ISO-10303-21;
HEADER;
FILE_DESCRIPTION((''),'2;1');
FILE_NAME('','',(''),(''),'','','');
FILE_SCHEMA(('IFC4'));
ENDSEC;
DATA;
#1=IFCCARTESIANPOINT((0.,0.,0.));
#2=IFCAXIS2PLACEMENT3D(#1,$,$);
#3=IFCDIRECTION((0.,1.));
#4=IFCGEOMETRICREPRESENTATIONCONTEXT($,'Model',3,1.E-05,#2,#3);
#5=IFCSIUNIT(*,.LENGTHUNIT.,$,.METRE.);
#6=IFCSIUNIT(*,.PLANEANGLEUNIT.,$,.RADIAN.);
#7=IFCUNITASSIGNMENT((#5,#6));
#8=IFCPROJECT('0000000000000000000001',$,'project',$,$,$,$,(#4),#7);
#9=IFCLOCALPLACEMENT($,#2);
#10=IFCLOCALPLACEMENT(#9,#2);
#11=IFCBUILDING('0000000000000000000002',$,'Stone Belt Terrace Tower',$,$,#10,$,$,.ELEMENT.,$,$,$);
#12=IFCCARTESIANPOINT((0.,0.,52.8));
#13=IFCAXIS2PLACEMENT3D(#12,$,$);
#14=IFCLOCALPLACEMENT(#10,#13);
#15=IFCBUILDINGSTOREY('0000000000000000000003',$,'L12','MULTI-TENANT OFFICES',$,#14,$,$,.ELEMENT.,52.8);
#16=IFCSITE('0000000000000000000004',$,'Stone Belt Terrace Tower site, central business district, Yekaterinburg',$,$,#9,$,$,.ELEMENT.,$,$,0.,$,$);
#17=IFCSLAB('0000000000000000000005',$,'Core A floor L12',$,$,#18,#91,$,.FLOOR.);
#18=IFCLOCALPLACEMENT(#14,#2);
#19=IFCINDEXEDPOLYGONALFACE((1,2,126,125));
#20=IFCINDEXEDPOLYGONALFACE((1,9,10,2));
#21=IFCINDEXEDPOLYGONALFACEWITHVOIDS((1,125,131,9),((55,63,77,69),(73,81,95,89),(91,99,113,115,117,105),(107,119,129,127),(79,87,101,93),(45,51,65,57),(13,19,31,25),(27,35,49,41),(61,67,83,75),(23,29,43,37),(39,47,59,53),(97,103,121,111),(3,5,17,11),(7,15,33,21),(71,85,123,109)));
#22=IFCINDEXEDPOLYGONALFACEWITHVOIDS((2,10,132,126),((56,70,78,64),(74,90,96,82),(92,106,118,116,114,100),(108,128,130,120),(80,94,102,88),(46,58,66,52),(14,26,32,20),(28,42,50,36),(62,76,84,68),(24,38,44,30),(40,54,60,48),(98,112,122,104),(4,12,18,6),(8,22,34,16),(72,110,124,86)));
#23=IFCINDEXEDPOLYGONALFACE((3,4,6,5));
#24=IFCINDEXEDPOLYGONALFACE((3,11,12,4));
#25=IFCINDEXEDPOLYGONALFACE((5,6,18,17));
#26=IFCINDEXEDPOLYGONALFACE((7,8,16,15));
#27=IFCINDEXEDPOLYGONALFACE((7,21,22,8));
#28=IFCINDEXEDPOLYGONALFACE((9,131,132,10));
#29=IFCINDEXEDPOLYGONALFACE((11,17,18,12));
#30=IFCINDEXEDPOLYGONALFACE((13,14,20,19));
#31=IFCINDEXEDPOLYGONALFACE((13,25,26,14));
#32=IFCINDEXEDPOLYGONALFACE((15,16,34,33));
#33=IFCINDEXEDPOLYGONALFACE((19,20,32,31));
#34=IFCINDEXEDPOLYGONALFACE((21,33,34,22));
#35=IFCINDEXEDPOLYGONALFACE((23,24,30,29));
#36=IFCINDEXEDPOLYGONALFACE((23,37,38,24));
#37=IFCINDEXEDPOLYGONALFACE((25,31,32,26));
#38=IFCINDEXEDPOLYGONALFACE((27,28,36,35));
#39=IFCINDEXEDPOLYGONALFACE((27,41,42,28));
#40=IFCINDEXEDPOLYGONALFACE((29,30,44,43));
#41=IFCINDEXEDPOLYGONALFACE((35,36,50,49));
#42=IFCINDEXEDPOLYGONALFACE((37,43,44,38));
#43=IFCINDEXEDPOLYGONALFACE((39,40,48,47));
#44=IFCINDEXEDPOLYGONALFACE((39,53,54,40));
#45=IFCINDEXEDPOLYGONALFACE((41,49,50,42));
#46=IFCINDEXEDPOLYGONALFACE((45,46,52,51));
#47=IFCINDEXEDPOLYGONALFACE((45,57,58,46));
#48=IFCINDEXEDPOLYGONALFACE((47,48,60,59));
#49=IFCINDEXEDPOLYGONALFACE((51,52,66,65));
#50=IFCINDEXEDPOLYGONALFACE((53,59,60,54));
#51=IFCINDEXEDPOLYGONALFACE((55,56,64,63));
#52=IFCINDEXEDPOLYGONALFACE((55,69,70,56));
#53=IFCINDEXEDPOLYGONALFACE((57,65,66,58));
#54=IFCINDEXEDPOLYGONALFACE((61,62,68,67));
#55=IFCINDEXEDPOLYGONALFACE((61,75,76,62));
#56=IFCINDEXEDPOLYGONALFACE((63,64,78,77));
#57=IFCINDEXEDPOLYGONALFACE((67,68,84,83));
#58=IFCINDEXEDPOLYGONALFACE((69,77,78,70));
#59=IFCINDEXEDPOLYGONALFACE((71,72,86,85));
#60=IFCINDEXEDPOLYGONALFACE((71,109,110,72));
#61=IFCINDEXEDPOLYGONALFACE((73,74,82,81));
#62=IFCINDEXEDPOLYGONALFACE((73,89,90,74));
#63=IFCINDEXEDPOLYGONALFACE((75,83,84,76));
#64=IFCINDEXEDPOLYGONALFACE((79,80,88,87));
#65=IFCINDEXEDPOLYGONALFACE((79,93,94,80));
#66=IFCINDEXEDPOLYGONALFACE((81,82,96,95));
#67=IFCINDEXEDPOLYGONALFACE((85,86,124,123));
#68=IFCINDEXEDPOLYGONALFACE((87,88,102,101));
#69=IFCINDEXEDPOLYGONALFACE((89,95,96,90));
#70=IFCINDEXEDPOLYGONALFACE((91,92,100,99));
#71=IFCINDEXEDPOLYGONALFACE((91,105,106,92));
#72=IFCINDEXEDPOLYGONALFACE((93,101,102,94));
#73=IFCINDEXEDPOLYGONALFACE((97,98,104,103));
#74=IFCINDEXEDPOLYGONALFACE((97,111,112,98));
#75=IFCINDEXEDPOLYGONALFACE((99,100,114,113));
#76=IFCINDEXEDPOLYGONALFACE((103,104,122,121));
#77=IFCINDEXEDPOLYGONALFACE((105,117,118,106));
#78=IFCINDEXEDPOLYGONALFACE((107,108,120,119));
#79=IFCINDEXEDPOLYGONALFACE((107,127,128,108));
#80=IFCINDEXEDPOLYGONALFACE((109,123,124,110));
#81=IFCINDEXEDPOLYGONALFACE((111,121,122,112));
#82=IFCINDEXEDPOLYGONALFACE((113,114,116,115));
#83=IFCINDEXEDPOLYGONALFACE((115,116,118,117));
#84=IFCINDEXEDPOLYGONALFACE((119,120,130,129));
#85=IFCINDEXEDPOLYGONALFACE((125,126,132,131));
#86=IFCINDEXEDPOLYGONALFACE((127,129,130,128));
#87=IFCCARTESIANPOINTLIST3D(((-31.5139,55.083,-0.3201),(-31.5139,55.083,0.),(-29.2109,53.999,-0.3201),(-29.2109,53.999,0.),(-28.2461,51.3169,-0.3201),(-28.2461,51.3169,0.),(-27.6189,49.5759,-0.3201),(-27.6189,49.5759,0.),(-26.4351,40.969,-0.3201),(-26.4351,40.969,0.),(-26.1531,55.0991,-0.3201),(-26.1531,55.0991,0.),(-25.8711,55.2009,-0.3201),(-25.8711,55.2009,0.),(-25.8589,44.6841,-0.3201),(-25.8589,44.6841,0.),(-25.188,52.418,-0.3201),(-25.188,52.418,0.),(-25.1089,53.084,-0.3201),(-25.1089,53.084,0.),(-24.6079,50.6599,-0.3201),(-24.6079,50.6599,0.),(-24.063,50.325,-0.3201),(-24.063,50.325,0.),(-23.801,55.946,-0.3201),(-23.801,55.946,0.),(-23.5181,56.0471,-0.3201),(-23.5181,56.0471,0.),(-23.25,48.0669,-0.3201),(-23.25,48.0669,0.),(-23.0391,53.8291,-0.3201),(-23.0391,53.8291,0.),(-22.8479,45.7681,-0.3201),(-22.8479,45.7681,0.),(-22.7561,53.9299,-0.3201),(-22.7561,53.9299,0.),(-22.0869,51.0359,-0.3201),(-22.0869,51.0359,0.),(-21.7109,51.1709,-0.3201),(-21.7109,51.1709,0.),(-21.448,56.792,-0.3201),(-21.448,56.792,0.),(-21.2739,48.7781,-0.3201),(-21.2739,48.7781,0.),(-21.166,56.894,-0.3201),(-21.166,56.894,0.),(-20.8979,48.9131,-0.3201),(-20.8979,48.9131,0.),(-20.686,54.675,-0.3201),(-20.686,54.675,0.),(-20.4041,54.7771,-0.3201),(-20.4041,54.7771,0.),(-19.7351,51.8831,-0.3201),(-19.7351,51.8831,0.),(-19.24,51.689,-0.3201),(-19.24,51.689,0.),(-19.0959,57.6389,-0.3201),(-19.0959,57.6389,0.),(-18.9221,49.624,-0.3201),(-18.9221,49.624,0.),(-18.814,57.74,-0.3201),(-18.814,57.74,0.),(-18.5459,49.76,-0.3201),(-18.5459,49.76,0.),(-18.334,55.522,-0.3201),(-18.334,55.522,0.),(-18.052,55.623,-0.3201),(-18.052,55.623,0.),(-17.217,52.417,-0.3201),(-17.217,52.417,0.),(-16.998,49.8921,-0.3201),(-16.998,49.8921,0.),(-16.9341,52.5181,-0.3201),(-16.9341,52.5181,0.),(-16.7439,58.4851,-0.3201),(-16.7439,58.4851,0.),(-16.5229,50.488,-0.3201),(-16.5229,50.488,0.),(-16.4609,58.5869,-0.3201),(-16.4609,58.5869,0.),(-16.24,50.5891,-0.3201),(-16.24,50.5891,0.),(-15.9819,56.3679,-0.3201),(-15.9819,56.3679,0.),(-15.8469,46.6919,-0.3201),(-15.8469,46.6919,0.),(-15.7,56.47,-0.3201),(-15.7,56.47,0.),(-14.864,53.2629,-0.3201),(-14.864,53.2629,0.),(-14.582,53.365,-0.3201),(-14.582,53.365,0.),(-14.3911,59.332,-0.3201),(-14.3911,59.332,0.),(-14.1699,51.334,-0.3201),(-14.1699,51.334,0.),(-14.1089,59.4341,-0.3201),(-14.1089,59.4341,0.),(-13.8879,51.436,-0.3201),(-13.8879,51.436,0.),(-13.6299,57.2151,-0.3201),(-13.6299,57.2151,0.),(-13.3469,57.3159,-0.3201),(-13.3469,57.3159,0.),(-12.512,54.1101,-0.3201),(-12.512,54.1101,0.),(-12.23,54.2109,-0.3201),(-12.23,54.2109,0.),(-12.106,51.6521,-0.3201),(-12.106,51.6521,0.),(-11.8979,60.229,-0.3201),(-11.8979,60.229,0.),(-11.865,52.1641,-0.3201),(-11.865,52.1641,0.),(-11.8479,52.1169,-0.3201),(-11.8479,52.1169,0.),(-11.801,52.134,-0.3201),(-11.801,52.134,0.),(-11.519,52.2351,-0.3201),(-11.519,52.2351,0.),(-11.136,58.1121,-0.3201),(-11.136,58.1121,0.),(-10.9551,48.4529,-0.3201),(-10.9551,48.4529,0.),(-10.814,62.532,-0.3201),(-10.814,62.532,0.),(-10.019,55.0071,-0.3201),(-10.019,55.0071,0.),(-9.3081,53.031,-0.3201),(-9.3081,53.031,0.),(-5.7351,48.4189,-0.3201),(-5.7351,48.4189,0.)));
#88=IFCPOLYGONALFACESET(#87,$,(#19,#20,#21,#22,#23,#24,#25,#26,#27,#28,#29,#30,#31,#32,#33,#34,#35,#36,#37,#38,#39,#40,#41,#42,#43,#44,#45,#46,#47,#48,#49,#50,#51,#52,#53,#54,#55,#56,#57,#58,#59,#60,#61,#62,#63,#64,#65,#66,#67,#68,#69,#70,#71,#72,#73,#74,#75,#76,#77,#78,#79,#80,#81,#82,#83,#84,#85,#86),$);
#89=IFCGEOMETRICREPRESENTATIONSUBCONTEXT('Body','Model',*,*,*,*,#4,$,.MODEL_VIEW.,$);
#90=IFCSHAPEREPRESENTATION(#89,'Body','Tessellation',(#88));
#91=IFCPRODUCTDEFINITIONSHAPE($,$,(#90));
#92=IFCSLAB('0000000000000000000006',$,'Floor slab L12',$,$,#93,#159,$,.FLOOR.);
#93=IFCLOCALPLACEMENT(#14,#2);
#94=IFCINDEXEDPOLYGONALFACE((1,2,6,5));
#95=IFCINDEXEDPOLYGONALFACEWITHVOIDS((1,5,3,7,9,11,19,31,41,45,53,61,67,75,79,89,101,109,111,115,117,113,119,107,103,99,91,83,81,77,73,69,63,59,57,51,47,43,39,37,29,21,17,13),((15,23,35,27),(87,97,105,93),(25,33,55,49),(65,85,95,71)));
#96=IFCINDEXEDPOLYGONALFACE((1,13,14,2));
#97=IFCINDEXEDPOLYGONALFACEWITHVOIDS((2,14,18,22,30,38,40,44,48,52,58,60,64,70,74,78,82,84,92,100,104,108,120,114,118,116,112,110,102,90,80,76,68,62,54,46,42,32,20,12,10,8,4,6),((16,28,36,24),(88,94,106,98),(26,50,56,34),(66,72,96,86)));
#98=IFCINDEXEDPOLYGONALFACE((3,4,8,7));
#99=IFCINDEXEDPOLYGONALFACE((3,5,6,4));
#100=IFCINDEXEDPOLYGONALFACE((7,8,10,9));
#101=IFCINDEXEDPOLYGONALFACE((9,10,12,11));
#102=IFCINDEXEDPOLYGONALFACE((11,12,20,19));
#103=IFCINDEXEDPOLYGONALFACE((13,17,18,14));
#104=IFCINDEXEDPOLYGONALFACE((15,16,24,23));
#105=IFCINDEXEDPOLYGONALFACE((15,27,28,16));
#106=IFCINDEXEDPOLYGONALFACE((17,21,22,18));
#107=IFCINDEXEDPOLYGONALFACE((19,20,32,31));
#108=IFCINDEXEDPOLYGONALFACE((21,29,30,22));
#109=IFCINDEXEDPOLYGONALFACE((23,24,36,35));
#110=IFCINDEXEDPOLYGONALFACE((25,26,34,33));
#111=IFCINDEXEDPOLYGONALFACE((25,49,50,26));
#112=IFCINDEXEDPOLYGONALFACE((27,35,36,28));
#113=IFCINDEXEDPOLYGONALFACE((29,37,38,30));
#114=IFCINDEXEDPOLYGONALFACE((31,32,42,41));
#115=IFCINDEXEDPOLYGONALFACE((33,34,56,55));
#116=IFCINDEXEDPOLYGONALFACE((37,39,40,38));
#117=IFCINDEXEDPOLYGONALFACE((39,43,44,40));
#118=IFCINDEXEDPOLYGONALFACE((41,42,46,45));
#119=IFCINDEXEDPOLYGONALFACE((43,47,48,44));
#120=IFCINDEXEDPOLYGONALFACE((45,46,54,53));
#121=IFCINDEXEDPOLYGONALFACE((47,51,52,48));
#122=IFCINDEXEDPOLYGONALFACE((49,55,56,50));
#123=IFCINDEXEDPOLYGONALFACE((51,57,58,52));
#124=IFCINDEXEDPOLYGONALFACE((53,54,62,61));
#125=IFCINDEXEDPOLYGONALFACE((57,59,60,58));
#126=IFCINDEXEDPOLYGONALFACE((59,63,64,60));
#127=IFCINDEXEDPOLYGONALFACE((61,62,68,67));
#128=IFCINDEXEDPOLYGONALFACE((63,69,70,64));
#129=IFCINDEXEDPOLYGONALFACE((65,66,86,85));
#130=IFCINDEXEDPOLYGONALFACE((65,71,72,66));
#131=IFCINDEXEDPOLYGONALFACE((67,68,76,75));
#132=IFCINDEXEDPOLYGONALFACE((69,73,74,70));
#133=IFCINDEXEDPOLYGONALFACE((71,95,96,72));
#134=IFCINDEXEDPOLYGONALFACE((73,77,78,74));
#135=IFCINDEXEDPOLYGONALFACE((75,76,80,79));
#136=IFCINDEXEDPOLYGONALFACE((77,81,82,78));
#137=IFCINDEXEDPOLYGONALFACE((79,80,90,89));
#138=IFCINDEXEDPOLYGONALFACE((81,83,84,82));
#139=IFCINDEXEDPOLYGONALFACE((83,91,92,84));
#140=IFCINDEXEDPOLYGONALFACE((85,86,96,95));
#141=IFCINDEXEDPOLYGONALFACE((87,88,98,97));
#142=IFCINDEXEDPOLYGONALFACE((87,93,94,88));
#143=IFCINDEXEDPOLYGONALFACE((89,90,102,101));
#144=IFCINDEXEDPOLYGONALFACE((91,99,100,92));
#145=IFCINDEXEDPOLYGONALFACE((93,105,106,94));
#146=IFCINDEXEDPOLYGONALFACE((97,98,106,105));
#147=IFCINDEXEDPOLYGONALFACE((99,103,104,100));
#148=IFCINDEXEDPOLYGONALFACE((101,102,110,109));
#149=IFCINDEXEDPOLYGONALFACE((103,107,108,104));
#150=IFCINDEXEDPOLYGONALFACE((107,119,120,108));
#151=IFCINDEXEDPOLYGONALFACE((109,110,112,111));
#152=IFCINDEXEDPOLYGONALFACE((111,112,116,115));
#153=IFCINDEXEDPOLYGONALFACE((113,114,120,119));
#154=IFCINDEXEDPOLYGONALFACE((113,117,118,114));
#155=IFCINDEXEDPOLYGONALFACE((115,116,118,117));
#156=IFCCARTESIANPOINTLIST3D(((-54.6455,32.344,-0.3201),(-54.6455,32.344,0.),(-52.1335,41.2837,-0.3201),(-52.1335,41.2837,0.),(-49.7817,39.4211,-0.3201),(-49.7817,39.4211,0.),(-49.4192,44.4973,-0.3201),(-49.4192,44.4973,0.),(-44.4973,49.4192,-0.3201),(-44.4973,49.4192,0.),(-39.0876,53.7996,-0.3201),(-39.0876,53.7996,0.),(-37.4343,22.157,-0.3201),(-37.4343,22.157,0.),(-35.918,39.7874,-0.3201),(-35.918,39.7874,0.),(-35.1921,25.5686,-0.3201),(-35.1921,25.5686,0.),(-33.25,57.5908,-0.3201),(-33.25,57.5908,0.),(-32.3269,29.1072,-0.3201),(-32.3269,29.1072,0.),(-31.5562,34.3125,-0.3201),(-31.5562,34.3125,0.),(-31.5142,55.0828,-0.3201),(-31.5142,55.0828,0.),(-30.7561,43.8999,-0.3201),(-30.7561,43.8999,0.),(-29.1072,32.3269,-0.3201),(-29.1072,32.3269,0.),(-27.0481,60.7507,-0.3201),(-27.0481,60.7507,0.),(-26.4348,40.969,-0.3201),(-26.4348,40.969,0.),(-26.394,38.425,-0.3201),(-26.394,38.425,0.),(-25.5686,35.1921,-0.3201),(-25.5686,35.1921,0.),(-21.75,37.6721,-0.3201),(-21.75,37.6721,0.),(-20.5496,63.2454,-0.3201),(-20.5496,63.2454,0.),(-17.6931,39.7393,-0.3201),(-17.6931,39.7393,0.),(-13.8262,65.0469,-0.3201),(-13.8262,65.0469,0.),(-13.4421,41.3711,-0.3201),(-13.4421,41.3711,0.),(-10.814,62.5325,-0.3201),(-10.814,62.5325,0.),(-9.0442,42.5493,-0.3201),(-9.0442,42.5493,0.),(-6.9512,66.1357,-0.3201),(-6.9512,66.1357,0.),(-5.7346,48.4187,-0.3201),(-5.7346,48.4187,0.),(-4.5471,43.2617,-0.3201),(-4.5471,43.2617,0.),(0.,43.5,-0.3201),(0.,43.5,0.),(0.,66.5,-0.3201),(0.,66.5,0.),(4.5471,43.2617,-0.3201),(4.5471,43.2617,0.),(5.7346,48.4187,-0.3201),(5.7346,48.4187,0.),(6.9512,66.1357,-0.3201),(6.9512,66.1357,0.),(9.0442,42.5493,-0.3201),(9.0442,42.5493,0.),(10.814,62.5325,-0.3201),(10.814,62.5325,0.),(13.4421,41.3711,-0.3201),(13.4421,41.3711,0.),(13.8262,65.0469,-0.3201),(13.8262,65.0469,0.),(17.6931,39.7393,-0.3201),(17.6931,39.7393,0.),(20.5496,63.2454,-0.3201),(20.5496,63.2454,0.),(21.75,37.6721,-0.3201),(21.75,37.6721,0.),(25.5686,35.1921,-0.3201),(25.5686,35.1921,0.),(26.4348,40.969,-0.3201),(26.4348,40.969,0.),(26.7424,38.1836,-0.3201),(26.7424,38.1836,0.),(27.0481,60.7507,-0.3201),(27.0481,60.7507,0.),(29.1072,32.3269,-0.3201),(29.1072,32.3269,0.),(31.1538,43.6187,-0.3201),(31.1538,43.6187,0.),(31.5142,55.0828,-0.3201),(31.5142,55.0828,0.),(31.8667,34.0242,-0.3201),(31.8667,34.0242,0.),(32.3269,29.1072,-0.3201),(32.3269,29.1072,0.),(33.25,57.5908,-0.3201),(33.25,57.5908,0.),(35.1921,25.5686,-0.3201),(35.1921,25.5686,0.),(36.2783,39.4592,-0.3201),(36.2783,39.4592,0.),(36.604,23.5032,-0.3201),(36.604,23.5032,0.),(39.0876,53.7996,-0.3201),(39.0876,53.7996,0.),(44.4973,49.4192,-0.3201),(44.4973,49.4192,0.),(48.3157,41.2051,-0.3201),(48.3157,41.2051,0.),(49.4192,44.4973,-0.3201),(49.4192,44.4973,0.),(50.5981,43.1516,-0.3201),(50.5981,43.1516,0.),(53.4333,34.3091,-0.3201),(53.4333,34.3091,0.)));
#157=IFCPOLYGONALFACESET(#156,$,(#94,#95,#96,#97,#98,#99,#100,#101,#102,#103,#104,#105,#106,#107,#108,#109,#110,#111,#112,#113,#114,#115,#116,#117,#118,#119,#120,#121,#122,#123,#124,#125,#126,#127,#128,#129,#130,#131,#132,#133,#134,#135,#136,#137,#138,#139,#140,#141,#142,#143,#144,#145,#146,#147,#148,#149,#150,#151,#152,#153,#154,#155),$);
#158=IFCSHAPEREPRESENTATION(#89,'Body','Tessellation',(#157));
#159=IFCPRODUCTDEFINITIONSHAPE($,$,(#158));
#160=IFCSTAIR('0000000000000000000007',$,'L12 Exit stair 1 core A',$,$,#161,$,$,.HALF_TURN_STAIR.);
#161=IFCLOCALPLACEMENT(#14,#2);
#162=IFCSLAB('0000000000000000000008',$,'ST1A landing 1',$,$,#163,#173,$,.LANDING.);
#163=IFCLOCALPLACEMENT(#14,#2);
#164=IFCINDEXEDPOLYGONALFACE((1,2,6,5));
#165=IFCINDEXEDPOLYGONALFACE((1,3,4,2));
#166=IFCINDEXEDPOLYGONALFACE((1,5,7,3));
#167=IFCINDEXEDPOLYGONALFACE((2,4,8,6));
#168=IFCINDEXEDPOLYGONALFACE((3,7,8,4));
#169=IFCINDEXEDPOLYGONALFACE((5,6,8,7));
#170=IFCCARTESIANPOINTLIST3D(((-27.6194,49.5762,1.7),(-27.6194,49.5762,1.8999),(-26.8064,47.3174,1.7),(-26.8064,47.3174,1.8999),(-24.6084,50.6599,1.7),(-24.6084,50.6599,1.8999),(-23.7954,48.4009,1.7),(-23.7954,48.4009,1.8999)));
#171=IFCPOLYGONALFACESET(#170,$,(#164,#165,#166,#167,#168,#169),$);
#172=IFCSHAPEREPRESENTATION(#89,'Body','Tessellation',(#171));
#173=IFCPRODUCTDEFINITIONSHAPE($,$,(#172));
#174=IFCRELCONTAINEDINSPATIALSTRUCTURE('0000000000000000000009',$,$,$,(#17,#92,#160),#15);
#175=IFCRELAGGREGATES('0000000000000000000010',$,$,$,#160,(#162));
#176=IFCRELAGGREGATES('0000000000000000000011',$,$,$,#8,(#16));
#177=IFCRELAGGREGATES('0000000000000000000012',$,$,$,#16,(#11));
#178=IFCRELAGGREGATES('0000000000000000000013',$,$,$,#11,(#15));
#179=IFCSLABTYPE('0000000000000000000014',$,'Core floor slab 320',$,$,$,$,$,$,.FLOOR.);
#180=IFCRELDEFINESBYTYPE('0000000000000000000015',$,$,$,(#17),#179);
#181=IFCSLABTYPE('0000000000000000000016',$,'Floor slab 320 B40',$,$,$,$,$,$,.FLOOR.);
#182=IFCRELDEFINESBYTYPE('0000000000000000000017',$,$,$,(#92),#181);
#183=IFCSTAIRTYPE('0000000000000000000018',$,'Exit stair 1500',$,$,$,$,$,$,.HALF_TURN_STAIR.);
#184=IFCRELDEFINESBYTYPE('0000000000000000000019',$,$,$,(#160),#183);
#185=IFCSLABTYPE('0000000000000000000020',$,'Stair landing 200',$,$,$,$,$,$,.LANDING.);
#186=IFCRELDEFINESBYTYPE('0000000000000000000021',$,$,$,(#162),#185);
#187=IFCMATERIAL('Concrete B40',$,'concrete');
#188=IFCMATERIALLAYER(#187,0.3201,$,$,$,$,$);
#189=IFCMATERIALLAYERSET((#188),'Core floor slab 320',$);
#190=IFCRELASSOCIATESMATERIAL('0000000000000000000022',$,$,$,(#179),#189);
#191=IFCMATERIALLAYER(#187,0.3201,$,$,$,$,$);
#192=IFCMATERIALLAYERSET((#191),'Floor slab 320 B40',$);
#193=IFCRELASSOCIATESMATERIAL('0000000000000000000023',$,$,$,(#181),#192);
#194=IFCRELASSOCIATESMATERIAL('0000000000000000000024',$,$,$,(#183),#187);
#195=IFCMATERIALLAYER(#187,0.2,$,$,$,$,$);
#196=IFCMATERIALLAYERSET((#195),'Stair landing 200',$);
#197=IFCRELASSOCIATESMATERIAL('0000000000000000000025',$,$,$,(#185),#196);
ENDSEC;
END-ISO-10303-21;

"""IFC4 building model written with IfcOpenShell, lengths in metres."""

from ifc_helpers import new_model, si_unit, direction, frame, origin, place, context, subcontext, project, spatial, polyline, outline, extrude, material, layer, layer_set, type_object, element, aggregate, save


model = new_model("IFC4")

# Units and contexts
model_context = context("Model", 3, precision=1e-05, world=origin(), true_north=direction((0.0, 1.0)))
body_context = subcontext(model_context, "Body", "Model", "MODEL_VIEW")
ifc_project = project(units=[si_unit("LENGTHUNIT", "METRE"), si_unit("PLANEANGLEUNIT", "RADIAN")], contexts=[model_context])

# Site, building, storey
site_placement = place(None, origin())
site = spatial("IfcSite", under=ifc_project, at=site_placement, Name="Stone Belt Terrace Tower site, central business district, Yekaterinburg", CompositionType="ELEMENT", RefElevation=0.0)
building_placement = place(site_placement, origin())
building = spatial("IfcBuilding", under=site, at=building_placement, Name="Stone Belt Terrace Tower", CompositionType="ELEMENT")
storey_placement = place(building_placement, frame((0.0, 0.0, 52.8)))
storey = spatial("IfcBuildingStorey", under=building, at=storey_placement, Name="L12", Description="MULTI-TENANT OFFICES", CompositionType="ELEMENT", Elevation=52.8)

# Slabs
ifc_material_1 = material(Name="Concrete B40", Category="concrete")
ifc_layer_1 = layer(ifc_material_1, 0.3201)
ifc_layer_set_1 = layer_set([ifc_layer_1], Name="Core floor slab 320")
slab_type_1 = type_object("IfcSlabType", Name="Core floor slab 320", PredefinedType="FLOOR", material=ifc_layer_set_1)
slab_1_placement = place(storey_placement, frame((0.0, 0.0, -0.3201)))
element("IfcSlab", 1, at=slab_1_placement, inside=storey, type_object=slab_type_1, Name="Core A floor L12", PredefinedType="FLOOR", context=body_context, shape_type="SweptSolid", body=[
    extrude(outline(polyline([(-26.4351, 40.969), (-5.7351, 48.4189), (-10.814, 62.532), (-31.5139, 55.083), (-26.4351, 40.969)]), holes=[polyline([(-24.6079, 50.6599), (-22.8479, 45.7681), (-25.8589, 44.6841), (-27.6189, 49.5759), (-24.6079, 50.6599)]), polyline([(-21.2739, 48.7781), (-23.25, 48.0669), (-24.063, 50.325), (-22.0869, 51.0359), (-21.2739, 48.7781)]), polyline([(-18.9221, 49.624), (-20.8979, 48.9131), (-21.7109, 51.1709), (-19.7351, 51.8831), (-18.9221, 49.624)]), polyline([(-19.24, 51.689), (-17.217, 52.417), (-16.5229, 50.488), (-18.5459, 49.76), (-19.24, 51.689)]), polyline([(-29.2109, 53.999), (-26.1531, 55.0991), (-25.188, 52.418), (-28.2461, 51.3169), (-29.2109, 53.999)]), polyline([(-23.801, 55.946), (-23.0391, 53.8291), (-25.1089, 53.084), (-25.8711, 55.2009), (-23.801, 55.946)]), polyline([(-21.448, 56.792), (-20.686, 54.675), (-22.7561, 53.9299), (-23.5181, 56.0471), (-21.448, 56.792)]), polyline([(-19.0959, 57.6389), (-18.334, 55.522), (-20.4041, 54.7771), (-21.166, 56.894), (-19.0959, 57.6389)]), polyline([(-15.8469, 46.6919), (-16.998, 49.8921), (-12.106, 51.6521), (-10.9551, 48.4529), (-15.8469, 46.6919)]), polyline([(-16.24, 50.5891), (-16.9341, 52.5181), (-14.864, 53.2629), (-14.1699, 51.334), (-16.24, 50.5891)]), polyline([(-11.801, 52.134), (-11.8479, 52.1169), (-11.865, 52.1641), (-13.8879, 51.436), (-14.582, 53.365), (-12.512, 54.1101), (-11.801, 52.134)]), polyline([(-9.3081, 53.031), (-11.519, 52.2351), (-12.23, 54.2109), (-10.019, 55.0071), (-9.3081, 53.031)]), polyline([(-16.7439, 58.4851), (-15.9819, 56.3679), (-18.052, 55.623), (-18.814, 57.74), (-16.7439, 58.4851)]), polyline([(-14.3911, 59.332), (-13.6299, 57.2151), (-15.7, 56.47), (-16.4609, 58.5869), (-14.3911, 59.332)]), polyline([(-11.8979, 60.229), (-11.136, 58.1121), (-13.3469, 57.3159), (-14.1089, 59.4341), (-11.8979, 60.229)])]), origin(), (0.0, 0.0, 1.0), 0.3201),
])
ifc_layer_2 = layer(ifc_material_1, 0.3201)
ifc_layer_set_2 = layer_set([ifc_layer_2], Name="Floor slab 320 B40")
slab_type_2 = type_object("IfcSlabType", Name="Floor slab 320 B40", PredefinedType="FLOOR", material=ifc_layer_set_2)
slab_2_placement = place(storey_placement, frame((0.0, 0.0, -0.3201)))
element("IfcSlab", 2, at=slab_2_placement, inside=storey, type_object=slab_type_2, Name="Floor slab L12", PredefinedType="FLOOR", context=body_context, shape_type="SweptSolid", body=[
    extrude(outline(polyline([(-49.4192, 44.4973), (-44.4973, 49.4192), (-39.0876, 53.7996), (-33.25, 57.5908), (-27.0481, 60.7507), (-20.5496, 63.2454), (-13.8262, 65.0469), (-6.9512, 66.1357), (0.0, 66.5), (6.9512, 66.1357), (13.8262, 65.0469), (20.5496, 63.2454), (27.0481, 60.7507), (33.25, 57.5908), (39.0876, 53.7996), (44.4973, 49.4192), (49.4192, 44.4973), (50.5981, 43.1516), (48.3157, 41.2051), (53.4333, 34.3091), (36.604, 23.5032), (35.1921, 25.5686), (32.3269, 29.1072), (29.1072, 32.3269), (25.5686, 35.1921), (21.75, 37.6721), (17.6931, 39.7393), (13.4421, 41.3711), (9.0442, 42.5493), (4.5471, 43.2617), (0.0, 43.5), (-4.5471, 43.2617), (-9.0442, 42.5493), (-13.4421, 41.3711), (-17.6931, 39.7393), (-21.75, 37.6721), (-25.5686, 35.1921), (-29.1072, 32.3269), (-32.3269, 29.1072), (-35.1921, 25.5686), (-37.4343, 22.157), (-54.6455, 32.344), (-49.7817, 39.4211), (-52.1335, 41.2837), (-49.4192, 44.4973)]), holes=[polyline([(-26.4348, 40.969), (-5.7346, 48.4187), (-10.814, 62.5325), (-31.5142, 55.0828), (-26.4348, 40.969)]), polyline([(10.814, 62.5325), (5.7346, 48.4187), (26.4348, 40.969), (31.5142, 55.0828), (10.814, 62.5325)]), polyline([(-35.918, 39.7874), (-31.5562, 34.3125), (-26.394, 38.425), (-30.7561, 43.8999), (-35.918, 39.7874)]), polyline([(36.2783, 39.4592), (31.1538, 43.6187), (26.7424, 38.1836), (31.8667, 34.0242), (36.2783, 39.4592)])]), origin(), (0.0, 0.0, 1.0), 0.3201),
])

# Stair, slab
stair_type = type_object("IfcStairType", Name="Exit stair 1500", PredefinedType="HALF_TURN_STAIR", material=ifc_material_1)
stair_1_placement = place(storey_placement, origin())
stair_1 = element("IfcStair", 3, at=stair_1_placement, inside=storey, type_object=stair_type, Name="L12 Exit stair 1 core A", PredefinedType="HALF_TURN_STAIR")
ifc_layer_3 = layer(ifc_material_1, 0.2)
ifc_layer_set_3 = layer_set([ifc_layer_3], Name="Stair landing 200")
slab_type_3 = type_object("IfcSlabType", Name="Stair landing 200", PredefinedType="LANDING", material=ifc_layer_set_3)
slab_3_placement = place(storey_placement, frame((0.0, 0.0, 1.7)))
slab_3 = element("IfcSlab", 4, at=slab_3_placement, type_object=slab_type_3, Name="ST1A landing 1", PredefinedType="LANDING", context=body_context, shape_type="SweptSolid", body=[
    extrude(outline(polyline([(-23.7954, 48.4009), (-24.6084, 50.6599), (-27.6194, 49.5762), (-26.8064, 47.3174), (-23.7954, 48.4009)])), origin(), (0.0, 0.0, 1.0), 0.2),
])
aggregate(stair_1, [slab_3])

save(model, "model.ifc")
